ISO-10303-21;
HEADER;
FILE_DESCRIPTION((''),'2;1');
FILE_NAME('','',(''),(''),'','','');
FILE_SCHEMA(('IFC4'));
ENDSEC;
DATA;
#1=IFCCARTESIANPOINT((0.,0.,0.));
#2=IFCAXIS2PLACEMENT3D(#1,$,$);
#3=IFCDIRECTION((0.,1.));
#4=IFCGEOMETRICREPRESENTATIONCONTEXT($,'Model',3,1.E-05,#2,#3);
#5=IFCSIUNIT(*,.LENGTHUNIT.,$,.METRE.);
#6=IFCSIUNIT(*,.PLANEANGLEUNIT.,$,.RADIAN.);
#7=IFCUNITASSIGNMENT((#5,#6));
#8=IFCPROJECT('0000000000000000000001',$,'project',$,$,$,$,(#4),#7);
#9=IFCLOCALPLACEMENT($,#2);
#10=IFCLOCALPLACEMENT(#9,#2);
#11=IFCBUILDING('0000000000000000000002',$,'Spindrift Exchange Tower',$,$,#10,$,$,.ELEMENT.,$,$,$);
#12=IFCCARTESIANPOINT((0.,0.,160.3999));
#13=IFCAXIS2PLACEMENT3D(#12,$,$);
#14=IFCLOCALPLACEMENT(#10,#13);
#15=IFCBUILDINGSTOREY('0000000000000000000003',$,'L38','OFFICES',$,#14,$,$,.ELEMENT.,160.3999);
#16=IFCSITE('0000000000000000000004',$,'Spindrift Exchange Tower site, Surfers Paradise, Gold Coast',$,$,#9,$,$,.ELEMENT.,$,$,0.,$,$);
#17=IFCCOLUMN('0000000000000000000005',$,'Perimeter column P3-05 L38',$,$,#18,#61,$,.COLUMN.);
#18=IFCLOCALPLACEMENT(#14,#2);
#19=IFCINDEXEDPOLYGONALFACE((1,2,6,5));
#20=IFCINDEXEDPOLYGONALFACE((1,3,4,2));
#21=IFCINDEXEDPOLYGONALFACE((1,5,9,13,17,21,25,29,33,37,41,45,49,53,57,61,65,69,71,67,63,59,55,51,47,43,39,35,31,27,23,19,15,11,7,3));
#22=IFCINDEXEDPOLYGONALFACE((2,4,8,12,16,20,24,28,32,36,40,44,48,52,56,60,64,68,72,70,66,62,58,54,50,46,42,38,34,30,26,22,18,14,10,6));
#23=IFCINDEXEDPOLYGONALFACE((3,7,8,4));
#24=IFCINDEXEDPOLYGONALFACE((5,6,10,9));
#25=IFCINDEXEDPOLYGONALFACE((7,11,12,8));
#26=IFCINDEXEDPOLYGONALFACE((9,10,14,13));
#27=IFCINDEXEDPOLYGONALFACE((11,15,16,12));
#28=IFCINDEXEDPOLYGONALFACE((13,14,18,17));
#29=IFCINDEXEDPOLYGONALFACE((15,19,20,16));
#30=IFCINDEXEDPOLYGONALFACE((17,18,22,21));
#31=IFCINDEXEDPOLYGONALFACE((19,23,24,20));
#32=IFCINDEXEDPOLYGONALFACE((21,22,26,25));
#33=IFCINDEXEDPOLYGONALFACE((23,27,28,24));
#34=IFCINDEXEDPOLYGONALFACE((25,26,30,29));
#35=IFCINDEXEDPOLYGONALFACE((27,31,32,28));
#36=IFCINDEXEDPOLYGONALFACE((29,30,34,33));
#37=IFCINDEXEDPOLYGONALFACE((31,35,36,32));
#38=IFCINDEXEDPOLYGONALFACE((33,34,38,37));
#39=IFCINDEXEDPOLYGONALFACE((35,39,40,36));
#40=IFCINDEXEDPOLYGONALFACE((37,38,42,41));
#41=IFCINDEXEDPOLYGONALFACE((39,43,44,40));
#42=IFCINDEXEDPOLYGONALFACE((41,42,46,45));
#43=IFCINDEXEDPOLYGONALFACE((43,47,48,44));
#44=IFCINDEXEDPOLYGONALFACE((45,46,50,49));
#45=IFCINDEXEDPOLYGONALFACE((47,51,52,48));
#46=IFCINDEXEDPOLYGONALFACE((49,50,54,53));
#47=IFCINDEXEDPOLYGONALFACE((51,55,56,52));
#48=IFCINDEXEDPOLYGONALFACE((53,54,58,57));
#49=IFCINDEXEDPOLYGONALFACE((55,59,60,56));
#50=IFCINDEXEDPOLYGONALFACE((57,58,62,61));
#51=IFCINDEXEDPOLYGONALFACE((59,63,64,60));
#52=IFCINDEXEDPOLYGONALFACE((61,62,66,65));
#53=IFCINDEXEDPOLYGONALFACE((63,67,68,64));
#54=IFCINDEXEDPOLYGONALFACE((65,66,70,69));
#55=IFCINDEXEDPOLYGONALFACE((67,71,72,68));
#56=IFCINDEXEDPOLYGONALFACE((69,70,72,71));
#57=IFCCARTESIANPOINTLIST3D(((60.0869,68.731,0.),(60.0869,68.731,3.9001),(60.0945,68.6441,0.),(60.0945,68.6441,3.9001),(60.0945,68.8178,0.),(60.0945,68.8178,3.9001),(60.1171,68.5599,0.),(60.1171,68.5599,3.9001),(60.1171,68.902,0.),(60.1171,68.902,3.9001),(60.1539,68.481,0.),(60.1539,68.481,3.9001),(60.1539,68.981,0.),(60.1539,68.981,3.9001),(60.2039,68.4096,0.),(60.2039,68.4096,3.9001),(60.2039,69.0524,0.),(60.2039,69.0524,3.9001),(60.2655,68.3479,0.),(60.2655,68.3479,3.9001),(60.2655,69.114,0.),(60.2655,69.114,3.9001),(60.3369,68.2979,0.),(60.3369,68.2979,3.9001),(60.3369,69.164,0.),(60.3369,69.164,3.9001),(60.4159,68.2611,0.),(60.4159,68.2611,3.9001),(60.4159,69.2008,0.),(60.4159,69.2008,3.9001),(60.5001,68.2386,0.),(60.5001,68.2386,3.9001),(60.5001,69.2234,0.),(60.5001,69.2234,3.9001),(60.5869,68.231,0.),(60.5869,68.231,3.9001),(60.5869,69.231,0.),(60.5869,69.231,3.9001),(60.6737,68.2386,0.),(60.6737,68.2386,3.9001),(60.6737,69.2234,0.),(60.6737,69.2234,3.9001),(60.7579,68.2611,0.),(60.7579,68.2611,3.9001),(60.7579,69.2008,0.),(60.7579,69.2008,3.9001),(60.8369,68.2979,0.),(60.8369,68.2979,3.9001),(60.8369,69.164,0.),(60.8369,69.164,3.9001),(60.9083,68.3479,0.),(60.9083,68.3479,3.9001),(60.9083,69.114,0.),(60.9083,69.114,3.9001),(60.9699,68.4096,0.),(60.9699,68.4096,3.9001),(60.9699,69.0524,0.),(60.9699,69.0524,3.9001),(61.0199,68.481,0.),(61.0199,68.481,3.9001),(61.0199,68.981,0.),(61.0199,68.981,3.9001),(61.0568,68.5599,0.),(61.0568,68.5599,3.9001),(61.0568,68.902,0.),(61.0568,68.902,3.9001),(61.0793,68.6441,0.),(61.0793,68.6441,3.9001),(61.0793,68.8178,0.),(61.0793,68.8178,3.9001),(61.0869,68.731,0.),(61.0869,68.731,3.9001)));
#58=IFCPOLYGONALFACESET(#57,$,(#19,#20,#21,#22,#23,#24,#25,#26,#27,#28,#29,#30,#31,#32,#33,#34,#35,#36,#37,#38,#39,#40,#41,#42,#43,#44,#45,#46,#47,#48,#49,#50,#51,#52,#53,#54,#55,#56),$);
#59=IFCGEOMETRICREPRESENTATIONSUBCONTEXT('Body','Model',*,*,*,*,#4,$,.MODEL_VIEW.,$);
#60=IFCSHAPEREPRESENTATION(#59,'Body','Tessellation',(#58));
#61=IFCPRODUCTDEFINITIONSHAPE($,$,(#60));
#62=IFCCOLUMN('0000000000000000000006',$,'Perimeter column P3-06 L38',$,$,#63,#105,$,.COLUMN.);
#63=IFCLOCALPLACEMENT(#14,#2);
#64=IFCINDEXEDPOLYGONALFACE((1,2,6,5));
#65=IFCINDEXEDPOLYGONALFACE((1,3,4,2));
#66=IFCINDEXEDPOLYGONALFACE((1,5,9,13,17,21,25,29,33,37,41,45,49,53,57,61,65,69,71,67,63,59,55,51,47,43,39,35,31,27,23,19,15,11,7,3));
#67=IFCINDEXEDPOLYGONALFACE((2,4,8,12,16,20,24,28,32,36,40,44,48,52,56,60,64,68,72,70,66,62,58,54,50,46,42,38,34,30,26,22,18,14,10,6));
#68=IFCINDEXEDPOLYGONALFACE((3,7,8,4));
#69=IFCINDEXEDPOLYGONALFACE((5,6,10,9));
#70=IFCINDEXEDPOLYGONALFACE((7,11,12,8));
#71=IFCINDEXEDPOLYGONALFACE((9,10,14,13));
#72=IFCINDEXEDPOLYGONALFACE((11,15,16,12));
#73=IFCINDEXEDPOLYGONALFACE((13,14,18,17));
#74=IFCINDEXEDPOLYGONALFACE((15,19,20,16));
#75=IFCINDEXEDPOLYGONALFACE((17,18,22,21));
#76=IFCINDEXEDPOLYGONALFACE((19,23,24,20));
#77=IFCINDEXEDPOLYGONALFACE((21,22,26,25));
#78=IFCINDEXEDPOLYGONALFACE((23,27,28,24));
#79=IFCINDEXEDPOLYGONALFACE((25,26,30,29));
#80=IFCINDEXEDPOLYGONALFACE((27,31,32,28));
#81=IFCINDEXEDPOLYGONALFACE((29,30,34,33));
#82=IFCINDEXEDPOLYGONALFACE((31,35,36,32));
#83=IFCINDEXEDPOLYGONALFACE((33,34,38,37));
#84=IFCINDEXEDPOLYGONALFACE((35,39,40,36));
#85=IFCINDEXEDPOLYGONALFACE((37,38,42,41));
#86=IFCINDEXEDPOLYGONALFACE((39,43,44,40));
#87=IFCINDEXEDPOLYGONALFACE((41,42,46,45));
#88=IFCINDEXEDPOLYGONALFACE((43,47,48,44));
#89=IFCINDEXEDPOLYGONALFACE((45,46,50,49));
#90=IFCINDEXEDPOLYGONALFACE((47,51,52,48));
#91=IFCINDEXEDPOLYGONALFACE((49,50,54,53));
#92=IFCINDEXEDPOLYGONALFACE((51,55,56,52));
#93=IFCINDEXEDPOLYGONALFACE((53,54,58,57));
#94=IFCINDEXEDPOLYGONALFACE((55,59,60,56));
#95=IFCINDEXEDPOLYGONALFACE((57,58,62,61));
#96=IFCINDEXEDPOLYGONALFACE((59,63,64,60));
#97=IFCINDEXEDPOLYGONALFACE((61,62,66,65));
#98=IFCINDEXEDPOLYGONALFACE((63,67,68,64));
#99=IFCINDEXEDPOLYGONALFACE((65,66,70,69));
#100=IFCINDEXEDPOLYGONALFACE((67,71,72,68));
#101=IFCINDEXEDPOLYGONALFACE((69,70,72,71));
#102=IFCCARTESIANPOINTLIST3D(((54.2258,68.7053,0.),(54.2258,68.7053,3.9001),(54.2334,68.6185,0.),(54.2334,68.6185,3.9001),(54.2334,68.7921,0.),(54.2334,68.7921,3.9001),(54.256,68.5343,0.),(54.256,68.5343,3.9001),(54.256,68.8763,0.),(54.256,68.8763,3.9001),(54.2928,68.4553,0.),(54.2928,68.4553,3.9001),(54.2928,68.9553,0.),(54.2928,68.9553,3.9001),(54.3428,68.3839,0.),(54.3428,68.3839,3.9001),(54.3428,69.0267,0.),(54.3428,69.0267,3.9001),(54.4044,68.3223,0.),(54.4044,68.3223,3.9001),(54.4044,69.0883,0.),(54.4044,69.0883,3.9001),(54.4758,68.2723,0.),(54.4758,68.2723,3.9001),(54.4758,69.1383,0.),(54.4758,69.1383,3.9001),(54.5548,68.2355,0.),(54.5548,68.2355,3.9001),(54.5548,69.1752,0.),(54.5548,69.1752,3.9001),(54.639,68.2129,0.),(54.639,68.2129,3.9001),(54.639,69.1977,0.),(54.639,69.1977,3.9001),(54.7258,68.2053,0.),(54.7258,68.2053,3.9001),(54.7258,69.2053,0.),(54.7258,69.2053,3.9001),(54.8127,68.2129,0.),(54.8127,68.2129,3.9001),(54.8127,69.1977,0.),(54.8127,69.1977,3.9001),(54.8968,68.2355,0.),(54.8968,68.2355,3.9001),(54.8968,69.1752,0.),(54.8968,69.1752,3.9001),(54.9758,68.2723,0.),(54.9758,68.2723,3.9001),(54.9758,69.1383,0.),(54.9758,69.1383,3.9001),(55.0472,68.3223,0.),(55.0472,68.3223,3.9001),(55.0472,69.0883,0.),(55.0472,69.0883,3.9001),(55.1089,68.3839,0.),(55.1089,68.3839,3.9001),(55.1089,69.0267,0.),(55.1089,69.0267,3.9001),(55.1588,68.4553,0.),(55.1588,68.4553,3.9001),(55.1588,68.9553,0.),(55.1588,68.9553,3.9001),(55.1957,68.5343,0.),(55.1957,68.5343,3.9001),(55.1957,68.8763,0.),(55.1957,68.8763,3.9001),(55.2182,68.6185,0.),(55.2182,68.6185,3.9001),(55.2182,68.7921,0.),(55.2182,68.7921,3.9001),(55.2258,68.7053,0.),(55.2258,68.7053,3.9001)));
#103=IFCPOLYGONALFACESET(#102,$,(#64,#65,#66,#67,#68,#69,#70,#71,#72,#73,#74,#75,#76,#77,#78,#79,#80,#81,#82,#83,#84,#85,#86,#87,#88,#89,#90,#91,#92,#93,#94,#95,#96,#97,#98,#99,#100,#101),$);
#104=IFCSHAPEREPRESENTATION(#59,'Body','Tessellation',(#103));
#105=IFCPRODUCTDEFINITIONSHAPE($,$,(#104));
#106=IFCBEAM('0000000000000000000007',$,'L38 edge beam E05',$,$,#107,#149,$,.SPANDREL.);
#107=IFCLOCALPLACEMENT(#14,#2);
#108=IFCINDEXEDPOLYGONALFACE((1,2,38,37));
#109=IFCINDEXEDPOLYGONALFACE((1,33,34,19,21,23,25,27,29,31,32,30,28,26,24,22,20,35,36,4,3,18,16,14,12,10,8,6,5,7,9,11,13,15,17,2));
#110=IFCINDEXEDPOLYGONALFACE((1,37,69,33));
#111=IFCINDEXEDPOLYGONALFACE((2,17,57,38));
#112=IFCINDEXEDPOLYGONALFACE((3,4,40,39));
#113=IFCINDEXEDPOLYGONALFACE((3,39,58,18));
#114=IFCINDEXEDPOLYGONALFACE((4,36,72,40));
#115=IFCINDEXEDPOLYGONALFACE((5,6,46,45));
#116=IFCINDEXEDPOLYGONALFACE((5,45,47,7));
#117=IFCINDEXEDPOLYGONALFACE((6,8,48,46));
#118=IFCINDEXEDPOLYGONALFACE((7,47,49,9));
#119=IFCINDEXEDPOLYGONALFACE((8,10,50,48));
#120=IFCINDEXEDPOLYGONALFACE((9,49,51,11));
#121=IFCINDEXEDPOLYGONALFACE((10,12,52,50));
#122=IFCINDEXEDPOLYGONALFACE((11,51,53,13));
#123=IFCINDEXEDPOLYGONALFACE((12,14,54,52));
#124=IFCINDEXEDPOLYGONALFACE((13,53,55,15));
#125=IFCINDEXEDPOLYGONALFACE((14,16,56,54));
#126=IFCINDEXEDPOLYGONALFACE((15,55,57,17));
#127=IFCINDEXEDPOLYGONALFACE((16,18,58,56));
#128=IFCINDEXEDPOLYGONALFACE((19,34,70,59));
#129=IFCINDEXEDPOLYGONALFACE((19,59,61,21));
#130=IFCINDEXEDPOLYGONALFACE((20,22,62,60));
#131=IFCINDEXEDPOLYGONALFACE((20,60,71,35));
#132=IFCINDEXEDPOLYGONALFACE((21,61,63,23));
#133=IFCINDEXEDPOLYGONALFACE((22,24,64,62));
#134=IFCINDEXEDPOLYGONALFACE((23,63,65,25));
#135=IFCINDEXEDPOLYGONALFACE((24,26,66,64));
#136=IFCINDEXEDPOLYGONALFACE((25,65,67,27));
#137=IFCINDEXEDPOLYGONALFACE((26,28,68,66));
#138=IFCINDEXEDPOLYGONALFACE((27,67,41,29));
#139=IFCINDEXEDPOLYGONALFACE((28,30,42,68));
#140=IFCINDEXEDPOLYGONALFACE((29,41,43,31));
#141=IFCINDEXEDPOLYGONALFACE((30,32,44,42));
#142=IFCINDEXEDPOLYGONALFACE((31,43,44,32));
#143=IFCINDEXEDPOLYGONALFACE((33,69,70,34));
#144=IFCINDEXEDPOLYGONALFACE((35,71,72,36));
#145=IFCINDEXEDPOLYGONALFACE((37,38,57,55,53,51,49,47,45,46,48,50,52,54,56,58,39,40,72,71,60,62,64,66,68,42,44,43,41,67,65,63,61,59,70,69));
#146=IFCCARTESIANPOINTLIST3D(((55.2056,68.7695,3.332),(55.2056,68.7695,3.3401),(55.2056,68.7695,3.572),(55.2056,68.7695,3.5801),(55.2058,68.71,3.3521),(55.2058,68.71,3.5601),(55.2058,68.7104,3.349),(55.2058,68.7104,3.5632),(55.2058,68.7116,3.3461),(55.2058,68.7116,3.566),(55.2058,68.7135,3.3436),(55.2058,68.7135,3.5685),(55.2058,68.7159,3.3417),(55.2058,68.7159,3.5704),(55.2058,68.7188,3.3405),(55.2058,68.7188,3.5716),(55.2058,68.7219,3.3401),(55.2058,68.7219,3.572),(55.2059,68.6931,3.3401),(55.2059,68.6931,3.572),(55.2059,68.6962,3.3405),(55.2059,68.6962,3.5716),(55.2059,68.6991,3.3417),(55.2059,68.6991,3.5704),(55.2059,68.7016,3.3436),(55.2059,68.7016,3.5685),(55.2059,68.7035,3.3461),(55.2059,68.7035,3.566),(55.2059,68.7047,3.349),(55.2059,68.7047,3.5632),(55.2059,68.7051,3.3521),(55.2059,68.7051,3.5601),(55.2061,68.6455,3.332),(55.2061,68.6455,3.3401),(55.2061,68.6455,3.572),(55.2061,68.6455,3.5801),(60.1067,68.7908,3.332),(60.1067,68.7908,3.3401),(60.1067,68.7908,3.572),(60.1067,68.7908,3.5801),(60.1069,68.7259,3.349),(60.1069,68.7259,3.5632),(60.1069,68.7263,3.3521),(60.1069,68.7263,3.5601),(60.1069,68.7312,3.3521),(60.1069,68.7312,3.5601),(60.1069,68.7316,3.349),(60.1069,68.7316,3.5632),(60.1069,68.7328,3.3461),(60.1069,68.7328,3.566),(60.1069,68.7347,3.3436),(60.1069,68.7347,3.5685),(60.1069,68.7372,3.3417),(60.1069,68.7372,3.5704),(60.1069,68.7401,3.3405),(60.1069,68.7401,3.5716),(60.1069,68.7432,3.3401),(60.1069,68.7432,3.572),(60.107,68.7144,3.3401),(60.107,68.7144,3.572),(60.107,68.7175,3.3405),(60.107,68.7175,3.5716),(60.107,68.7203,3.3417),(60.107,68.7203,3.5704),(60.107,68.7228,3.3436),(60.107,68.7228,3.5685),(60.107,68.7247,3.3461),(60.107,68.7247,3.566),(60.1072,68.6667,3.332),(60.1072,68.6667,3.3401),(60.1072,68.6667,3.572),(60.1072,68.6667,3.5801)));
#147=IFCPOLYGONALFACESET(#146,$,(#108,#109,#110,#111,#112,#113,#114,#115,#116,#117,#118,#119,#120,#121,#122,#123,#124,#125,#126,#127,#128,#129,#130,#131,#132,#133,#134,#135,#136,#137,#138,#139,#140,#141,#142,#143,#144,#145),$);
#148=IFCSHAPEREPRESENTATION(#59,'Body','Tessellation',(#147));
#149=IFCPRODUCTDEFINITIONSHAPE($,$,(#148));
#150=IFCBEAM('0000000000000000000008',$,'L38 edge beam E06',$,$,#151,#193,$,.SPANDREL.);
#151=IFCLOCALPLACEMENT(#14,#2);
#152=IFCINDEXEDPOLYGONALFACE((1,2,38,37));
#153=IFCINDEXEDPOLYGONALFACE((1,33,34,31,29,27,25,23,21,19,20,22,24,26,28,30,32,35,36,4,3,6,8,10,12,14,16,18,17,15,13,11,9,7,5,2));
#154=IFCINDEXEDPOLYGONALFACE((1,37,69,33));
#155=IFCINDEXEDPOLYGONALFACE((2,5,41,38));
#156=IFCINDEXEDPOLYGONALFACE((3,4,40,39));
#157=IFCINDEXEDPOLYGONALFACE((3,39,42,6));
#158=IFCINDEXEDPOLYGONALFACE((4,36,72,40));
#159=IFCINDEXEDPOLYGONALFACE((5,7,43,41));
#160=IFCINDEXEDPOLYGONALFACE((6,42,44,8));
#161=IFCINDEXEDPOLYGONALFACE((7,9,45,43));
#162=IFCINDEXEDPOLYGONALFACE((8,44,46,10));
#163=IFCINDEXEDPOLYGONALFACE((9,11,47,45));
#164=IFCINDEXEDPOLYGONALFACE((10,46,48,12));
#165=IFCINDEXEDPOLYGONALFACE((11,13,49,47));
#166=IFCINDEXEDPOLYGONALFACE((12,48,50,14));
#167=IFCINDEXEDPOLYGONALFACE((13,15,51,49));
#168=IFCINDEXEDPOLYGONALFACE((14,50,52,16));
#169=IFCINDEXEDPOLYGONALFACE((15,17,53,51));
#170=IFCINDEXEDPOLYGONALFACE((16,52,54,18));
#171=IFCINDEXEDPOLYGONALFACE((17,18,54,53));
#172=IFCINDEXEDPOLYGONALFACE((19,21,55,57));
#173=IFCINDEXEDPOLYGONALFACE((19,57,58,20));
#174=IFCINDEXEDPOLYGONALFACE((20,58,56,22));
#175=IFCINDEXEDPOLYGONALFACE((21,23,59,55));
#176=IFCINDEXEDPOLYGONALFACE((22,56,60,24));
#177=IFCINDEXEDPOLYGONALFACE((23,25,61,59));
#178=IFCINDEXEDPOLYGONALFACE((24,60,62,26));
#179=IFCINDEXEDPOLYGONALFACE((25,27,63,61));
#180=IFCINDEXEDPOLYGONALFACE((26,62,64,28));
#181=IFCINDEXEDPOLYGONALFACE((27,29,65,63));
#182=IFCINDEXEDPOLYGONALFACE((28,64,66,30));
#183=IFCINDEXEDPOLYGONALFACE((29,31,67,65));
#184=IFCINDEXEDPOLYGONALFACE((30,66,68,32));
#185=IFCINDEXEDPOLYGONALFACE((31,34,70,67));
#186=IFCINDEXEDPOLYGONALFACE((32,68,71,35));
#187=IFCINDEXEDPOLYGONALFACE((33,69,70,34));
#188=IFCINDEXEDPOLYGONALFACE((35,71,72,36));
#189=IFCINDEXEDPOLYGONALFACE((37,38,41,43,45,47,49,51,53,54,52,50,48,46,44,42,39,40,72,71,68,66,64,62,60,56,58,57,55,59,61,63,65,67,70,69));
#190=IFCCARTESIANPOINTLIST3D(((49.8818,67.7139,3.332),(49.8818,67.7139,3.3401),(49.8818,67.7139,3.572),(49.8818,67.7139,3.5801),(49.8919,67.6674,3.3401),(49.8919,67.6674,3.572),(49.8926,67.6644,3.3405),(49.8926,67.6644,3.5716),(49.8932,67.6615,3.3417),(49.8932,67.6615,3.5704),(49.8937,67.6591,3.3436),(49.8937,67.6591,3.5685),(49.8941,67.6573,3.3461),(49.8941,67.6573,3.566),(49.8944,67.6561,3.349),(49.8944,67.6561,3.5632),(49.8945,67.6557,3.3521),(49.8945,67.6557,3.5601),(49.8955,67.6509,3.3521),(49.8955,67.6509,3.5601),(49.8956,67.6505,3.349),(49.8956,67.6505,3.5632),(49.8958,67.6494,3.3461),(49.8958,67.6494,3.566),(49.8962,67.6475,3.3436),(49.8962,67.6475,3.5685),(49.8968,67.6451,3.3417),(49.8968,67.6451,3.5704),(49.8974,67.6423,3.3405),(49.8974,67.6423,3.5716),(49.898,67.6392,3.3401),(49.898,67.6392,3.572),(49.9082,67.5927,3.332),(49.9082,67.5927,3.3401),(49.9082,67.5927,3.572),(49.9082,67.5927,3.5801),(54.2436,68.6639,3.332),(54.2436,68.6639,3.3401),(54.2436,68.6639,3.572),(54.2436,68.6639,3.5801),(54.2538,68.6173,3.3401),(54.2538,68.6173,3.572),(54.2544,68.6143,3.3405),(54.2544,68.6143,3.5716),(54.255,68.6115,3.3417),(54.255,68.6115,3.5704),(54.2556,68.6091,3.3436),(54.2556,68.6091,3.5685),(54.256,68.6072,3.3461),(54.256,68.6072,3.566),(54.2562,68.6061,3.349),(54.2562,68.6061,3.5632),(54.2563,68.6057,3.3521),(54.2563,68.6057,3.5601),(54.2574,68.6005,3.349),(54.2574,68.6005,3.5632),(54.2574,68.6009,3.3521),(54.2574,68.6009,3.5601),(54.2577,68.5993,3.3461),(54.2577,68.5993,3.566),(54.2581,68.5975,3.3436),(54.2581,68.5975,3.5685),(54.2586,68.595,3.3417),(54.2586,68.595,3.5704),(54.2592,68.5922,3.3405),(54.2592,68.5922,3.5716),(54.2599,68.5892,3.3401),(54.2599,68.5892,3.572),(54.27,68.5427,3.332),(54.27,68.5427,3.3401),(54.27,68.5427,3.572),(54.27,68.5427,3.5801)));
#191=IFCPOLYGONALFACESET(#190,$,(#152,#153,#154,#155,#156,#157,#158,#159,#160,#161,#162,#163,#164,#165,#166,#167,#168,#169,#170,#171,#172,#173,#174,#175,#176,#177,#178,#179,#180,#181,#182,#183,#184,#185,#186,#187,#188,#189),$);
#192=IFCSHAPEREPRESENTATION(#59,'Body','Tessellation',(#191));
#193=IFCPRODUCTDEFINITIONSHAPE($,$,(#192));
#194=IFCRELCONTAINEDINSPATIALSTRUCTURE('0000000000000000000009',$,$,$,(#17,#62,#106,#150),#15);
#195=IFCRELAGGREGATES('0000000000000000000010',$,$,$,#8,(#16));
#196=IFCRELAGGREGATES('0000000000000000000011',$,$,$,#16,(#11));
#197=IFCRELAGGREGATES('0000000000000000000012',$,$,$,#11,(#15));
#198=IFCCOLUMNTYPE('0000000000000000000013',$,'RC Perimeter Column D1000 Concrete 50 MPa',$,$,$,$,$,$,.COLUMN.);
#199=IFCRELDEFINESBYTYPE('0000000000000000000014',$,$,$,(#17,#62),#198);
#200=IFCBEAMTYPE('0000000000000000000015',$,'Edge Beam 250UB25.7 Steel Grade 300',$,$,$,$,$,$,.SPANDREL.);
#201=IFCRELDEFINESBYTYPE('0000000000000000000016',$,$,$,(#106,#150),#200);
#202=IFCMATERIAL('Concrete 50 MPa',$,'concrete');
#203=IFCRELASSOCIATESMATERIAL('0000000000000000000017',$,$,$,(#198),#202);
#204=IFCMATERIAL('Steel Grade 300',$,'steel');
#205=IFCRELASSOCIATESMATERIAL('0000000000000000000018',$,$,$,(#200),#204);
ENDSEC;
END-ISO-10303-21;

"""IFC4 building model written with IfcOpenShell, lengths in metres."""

from ifc_helpers import new_model, si_unit, direction, frame, origin, origin_2d, place, context, subcontext, project, spatial, circle, i_section, extrude, source, transform, mapped, material, material_profile, profile_set, type_object, element, save


model = new_model("IFC4")

# Units and contexts
model_context = context("Model", 3, precision=1e-05, world=origin(), true_north=direction((0.0, 1.0)))
body_context = subcontext(model_context, "Body", "Model", "MODEL_VIEW")
ifc_project = project(units=[si_unit("LENGTHUNIT", "METRE"), si_unit("PLANEANGLEUNIT", "RADIAN")], contexts=[model_context])

# Site, building, storey
site_placement = place(None, origin())
site = spatial("IfcSite", under=ifc_project, at=site_placement, Name="Spindrift Exchange Tower site, Surfers Paradise, Gold Coast", CompositionType="ELEMENT", RefElevation=0.0)
building_placement = place(site_placement, origin())
building = spatial("IfcBuilding", under=site, at=building_placement, Name="Spindrift Exchange Tower", CompositionType="ELEMENT")
storey_placement = place(building_placement, frame((0.0, 0.0, 160.3999)))
storey = spatial("IfcBuildingStorey", under=building, at=storey_placement, Name="L38", Description="OFFICES", CompositionType="ELEMENT", Elevation=160.3999)

# Columns
ifc_material_1 = material(Name="Concrete 50 MPa", Category="concrete")
ifc_material_profile_1 = material_profile(ifc_material_1, circle(Radius=0.5, at=origin_2d()), Name="RC D1000")
ifc_profile_set_1 = profile_set([ifc_material_profile_1], Name="Concrete 50 MPa")
column_type = type_object("IfcColumnType", Name="RC Perimeter Column D1000 Concrete 50 MPa", PredefinedType="COLUMN", material=ifc_profile_set_1)
shared_shape_1 = source(origin(), body_context, "Body", "SweptSolid", [
    extrude(circle(Radius=0.5, at=origin_2d()), origin(), (0.0, 0.0, 1.0), 3.9001),
])
for number, where, z_axis, x_axis, name in (
    (1, (60.5869, 68.731, 0.0), (0.0, 0.0, 1.0), (1.0, 0.0, 0.0), "Perimeter column P3-05 L38"),
    (2, (54.7258, 68.7053, 0.0), (0.0, 0.0, 1.0), (1.0, 0.0, 0.0), "Perimeter column P3-06 L38"),
):
    element("IfcColumn", number, at=place(storey_placement, frame(where, z_axis=z_axis, x_axis=x_axis)), inside=storey, type_object=column_type, Name=name, PredefinedType="COLUMN", context=body_context, shape_type="MappedRepresentation", body=[
        mapped(shared_shape_1, transform((0.0, 0.0, 0.0), scale=1.0)),
    ])

# Beams
ifc_material_2 = material(Name="Steel Grade 300", Category="steel")
ifc_material_profile_2 = material_profile(ifc_material_2, i_section(OverallWidth=0.124, OverallDepth=0.248, WebThickness=0.0049, FlangeThickness=0.0081, FilletRadius=0.012, at=origin_2d()), Name="250UB25.7")
ifc_profile_set_2 = profile_set([ifc_material_profile_2], Name="Steel Grade 300")
beam_type_1 = type_object("IfcBeamType", Name="Edge Beam 250UB25.7 Steel Grade 300", PredefinedType="SPANDREL", material=ifc_profile_set_2)
shared_shape_2 = source(origin(), body_context, "Body", "SweptSolid", [
    extrude(i_section(OverallWidth=0.124, OverallDepth=0.248, WebThickness=0.0049, FlangeThickness=0.0081, FilletRadius=0.012, at=origin_2d()), origin(), (0.0, 0.0, 1.0), 4.9011),
])
beam_1_placement = place(storey_placement, frame((60.1069, 68.7288, 3.4561), z_axis=(-0.999991, -0.004334, 0.0), x_axis=(0.004334, -0.999991, 0.0)))
element("IfcBeam", 3, at=beam_1_placement, inside=storey, type_object=beam_type_1, Name="L38 edge beam E05", PredefinedType="SPANDREL", context=body_context, shape_type="MappedRepresentation", body=[
    mapped(shared_shape_2, transform((0.0, 0.0, 0.0), scale=1.0)),
])
shared_shape_3 = source(origin(), body_context, "Body", "SweptSolid", [
    extrude(i_section(OverallWidth=0.124, OverallDepth=0.248, WebThickness=0.0049, FlangeThickness=0.0081, FilletRadius=0.012, at=origin_2d()), origin(), (0.0, 0.0, 1.0), 4.4641),
])
beam_2_placement = place(storey_placement, frame((54.2568, 68.6033, 3.4561), z_axis=(-0.977096, -0.2128, 0.0), x_axis=(0.2128, -0.977096, 0.0)))
element("IfcBeam", 4, at=beam_2_placement, inside=storey, type_object=beam_type_1, Name="L38 edge beam E06", PredefinedType="SPANDREL", context=body_context, shape_type="MappedRepresentation", body=[
    mapped(shared_shape_3, transform((0.0, 0.0, 0.0), scale=1.0)),
])

save(model, "model.ifc")
